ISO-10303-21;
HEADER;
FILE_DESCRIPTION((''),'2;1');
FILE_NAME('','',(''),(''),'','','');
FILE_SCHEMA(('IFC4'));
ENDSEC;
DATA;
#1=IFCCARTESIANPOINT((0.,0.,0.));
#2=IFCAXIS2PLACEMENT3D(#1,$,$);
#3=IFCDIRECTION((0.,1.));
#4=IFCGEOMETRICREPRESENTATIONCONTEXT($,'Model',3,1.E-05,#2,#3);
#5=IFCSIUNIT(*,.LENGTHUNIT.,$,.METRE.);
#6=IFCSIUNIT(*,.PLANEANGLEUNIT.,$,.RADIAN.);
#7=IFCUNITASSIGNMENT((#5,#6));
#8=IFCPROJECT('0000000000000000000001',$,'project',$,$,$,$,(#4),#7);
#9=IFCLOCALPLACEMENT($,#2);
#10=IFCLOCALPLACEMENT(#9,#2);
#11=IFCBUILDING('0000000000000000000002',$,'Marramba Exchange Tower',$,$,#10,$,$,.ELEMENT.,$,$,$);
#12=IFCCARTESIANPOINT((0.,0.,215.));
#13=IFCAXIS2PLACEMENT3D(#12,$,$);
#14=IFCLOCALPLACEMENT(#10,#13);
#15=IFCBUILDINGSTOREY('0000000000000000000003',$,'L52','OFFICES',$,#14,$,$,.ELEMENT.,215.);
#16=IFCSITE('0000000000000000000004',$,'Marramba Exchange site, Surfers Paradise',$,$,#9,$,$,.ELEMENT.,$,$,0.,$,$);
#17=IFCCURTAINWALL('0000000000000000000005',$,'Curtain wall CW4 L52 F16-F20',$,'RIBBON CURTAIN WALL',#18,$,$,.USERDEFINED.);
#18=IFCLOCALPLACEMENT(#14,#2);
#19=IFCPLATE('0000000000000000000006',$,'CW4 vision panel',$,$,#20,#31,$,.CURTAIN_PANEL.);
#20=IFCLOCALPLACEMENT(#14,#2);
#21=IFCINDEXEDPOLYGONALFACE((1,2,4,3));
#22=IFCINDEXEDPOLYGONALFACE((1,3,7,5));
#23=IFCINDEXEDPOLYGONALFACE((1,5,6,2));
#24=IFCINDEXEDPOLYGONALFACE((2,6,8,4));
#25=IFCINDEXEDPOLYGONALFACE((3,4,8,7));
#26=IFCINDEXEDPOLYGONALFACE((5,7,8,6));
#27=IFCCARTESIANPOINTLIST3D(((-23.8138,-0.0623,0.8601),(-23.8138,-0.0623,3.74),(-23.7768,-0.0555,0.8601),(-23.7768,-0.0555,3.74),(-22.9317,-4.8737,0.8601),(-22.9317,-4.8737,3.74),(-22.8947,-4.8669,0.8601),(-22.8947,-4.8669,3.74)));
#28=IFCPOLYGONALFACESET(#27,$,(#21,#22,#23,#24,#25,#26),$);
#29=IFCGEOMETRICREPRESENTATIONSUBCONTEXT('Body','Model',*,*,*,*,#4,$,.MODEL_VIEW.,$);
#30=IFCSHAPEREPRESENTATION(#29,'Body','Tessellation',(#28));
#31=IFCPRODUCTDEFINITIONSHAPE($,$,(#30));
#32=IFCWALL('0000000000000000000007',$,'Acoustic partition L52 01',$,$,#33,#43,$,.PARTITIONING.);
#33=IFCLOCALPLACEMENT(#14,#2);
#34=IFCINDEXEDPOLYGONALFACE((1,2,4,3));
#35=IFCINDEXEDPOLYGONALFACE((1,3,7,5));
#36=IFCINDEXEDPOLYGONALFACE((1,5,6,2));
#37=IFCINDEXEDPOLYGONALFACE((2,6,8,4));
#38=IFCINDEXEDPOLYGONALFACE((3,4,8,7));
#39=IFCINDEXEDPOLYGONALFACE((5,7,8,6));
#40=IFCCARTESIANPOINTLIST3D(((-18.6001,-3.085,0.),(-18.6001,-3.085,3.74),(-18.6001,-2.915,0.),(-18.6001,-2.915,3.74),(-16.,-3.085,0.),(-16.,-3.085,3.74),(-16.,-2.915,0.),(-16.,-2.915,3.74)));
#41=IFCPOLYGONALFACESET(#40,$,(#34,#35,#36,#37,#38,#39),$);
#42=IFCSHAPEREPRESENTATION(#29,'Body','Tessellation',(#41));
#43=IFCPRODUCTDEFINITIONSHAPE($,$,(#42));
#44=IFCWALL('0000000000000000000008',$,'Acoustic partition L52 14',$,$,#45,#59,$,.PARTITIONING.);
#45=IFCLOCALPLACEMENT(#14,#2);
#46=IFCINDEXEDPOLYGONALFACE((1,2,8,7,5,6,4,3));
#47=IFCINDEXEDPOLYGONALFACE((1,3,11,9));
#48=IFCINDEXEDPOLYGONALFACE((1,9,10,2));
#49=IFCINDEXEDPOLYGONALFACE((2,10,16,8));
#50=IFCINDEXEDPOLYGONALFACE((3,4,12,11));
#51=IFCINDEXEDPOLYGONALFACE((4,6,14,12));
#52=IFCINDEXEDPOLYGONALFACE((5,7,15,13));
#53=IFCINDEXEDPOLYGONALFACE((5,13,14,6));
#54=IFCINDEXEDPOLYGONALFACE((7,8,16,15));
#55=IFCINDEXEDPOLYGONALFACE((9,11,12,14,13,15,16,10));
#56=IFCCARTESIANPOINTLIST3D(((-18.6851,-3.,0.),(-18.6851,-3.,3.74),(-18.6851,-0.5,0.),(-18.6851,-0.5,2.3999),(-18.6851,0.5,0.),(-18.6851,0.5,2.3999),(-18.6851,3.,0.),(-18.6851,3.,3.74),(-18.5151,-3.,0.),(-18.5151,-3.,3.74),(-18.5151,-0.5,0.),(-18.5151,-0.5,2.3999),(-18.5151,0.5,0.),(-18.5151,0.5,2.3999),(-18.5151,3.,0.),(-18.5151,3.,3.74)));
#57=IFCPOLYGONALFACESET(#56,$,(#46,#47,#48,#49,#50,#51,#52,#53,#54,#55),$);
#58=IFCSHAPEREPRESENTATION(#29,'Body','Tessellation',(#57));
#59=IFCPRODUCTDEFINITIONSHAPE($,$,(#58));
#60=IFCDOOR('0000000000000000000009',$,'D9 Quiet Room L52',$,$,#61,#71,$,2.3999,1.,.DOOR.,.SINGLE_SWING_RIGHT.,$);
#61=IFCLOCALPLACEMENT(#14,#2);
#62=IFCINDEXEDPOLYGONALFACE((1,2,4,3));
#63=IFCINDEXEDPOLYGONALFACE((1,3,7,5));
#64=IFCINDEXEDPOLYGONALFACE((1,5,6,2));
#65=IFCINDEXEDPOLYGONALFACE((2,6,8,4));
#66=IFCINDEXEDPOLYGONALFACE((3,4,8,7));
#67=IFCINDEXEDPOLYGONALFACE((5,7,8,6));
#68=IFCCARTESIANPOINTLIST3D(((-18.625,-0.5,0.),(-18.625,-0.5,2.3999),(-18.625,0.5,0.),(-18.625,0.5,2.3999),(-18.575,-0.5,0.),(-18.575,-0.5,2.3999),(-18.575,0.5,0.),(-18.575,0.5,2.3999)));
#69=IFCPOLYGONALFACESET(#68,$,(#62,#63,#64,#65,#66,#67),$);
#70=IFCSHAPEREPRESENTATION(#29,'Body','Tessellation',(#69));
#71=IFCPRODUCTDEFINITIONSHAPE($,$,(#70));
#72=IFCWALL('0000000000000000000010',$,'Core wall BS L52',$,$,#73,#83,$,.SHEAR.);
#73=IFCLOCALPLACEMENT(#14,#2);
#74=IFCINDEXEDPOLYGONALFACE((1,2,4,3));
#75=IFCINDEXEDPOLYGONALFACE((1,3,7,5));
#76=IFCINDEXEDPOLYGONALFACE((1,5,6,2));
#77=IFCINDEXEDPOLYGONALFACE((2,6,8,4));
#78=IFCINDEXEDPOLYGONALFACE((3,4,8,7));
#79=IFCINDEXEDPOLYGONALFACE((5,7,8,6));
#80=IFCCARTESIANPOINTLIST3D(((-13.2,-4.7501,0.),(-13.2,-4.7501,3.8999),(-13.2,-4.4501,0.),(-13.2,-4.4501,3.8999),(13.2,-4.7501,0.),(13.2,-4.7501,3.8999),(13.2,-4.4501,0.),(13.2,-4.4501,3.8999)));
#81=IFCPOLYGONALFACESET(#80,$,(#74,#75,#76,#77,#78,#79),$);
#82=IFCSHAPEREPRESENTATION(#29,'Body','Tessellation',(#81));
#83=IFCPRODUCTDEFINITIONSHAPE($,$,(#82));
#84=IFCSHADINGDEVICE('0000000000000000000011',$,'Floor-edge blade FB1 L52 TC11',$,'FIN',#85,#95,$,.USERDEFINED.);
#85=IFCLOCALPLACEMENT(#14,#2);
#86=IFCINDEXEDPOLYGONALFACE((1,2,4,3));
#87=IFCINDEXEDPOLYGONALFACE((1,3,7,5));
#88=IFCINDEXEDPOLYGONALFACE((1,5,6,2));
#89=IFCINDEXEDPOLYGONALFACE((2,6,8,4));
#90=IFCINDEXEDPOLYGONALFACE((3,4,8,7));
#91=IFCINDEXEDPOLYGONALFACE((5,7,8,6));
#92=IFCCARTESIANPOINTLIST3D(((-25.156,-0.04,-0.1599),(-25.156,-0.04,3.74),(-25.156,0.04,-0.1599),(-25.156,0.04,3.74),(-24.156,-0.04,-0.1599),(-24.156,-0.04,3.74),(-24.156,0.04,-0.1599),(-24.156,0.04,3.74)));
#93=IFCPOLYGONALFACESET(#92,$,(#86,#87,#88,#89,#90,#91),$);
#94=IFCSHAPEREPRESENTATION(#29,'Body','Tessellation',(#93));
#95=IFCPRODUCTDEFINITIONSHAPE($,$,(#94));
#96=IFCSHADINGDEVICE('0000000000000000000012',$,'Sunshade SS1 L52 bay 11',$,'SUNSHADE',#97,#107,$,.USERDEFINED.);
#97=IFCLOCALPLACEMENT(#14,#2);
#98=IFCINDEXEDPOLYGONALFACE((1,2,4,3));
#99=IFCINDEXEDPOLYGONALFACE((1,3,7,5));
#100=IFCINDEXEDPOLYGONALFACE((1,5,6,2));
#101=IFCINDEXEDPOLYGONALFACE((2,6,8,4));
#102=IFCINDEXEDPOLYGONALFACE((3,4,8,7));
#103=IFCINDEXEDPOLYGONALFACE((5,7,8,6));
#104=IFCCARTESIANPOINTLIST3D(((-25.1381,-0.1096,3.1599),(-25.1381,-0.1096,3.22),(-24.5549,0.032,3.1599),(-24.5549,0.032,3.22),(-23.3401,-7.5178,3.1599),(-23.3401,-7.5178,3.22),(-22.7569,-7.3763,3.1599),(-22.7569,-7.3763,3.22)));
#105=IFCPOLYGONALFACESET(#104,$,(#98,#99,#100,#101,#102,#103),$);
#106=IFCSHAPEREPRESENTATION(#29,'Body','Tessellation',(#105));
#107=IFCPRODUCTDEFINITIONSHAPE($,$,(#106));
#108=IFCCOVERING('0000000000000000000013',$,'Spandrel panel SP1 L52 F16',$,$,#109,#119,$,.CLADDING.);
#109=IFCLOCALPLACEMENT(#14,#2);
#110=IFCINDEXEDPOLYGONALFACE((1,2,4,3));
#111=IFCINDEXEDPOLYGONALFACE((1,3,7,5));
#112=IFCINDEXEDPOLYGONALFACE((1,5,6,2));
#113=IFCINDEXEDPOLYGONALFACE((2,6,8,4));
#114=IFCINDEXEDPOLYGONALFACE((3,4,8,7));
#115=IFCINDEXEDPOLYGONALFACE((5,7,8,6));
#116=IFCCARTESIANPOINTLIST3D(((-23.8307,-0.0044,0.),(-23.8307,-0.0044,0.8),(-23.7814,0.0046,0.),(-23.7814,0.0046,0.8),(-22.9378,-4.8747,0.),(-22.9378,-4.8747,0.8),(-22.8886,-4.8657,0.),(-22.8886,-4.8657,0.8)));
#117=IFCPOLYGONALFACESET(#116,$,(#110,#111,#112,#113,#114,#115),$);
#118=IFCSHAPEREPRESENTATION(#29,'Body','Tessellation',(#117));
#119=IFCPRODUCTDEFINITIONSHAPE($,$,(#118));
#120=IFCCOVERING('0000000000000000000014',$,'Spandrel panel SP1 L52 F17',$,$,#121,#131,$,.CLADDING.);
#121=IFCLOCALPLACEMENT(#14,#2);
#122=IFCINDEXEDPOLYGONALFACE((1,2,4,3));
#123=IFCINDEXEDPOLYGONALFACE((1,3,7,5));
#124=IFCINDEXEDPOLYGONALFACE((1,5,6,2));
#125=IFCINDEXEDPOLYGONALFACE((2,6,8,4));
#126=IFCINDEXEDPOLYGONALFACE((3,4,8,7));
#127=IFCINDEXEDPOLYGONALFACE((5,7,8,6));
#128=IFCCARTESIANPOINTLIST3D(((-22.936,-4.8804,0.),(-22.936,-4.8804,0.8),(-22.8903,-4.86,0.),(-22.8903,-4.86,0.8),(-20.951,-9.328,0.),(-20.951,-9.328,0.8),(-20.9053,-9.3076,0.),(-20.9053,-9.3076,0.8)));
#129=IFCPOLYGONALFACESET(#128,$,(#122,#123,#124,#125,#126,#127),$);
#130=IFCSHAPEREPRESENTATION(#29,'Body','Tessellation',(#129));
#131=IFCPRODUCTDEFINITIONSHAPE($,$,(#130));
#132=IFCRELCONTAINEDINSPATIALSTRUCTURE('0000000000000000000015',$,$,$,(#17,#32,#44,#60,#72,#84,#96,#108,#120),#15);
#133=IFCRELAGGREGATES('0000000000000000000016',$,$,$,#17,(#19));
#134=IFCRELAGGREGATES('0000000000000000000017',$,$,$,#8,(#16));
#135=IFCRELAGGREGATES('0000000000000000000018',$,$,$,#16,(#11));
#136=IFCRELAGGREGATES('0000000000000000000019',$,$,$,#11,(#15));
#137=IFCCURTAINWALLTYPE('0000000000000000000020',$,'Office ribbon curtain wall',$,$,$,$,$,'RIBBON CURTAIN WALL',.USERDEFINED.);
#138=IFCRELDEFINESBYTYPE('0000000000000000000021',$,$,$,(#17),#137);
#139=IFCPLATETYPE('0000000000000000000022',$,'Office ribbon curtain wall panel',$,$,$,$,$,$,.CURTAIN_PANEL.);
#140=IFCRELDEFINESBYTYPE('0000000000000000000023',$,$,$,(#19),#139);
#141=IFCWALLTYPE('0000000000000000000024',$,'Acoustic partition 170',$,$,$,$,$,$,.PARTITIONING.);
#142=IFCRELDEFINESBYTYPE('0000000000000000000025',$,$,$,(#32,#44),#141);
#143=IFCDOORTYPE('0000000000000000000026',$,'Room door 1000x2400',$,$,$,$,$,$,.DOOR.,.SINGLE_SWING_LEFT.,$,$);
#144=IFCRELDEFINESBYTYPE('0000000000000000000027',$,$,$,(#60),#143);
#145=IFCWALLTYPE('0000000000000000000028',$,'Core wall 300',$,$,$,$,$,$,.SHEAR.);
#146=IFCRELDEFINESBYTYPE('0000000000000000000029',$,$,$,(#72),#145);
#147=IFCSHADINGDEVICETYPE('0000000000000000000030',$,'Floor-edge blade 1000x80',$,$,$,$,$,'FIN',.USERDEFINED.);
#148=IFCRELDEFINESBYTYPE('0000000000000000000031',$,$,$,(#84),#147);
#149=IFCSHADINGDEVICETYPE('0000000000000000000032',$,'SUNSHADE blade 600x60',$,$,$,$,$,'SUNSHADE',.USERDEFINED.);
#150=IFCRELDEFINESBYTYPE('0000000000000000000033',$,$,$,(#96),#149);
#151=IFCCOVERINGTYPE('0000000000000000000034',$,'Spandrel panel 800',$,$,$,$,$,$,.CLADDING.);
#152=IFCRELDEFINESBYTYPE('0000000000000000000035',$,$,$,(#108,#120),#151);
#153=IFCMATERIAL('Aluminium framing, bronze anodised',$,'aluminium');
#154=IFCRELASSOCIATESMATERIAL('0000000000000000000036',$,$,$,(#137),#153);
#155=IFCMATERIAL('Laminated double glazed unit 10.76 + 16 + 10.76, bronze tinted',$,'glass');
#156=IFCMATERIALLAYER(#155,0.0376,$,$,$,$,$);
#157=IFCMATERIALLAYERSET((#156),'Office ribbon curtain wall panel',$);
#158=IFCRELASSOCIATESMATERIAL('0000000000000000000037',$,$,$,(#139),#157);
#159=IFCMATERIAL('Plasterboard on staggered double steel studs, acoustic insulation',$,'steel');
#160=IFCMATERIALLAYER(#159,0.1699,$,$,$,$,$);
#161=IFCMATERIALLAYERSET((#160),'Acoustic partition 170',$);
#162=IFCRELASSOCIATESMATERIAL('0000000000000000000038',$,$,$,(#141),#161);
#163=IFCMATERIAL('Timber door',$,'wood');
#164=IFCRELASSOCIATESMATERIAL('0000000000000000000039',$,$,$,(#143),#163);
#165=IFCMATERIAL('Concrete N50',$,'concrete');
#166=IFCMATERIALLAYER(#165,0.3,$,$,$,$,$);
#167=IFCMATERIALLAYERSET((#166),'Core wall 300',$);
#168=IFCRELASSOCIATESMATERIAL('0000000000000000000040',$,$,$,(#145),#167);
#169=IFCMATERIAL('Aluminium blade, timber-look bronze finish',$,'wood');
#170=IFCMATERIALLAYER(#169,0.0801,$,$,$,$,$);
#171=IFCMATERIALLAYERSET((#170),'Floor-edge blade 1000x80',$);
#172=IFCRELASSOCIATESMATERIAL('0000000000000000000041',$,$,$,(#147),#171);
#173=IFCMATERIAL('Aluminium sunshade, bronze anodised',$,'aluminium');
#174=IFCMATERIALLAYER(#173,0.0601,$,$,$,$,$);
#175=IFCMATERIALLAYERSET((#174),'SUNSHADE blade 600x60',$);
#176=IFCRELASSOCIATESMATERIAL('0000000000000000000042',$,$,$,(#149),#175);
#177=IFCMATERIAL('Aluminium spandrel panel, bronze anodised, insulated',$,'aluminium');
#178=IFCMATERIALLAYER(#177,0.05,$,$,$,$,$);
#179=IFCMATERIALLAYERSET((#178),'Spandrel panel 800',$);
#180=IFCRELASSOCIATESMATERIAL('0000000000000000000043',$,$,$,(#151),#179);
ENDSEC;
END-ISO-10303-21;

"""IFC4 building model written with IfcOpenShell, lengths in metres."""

from ifc_helpers import new_model, si_unit, direction, frame, frame_2d, origin, origin_2d, place, context, subcontext, project, spatial, rectangle, extrude, material, layer, layer_set, type_object, element, fill, aggregate, save


model = new_model("IFC4")

# Units and contexts
model_context = context("Model", 3, precision=1e-05, world=origin(), true_north=direction((0.0, 1.0)))
body_context = subcontext(model_context, "Body", "Model", "MODEL_VIEW")
ifc_project = project(units=[si_unit("LENGTHUNIT", "METRE"), si_unit("PLANEANGLEUNIT", "RADIAN")], contexts=[model_context])

# Site, building, storey
site_placement = place(None, origin())
site = spatial("IfcSite", under=ifc_project, at=site_placement, Name="Marramba Exchange site, Surfers Paradise", CompositionType="ELEMENT", RefElevation=0.0)
building_placement = place(site_placement, origin())
building = spatial("IfcBuilding", under=site, at=building_placement, Name="Marramba Exchange Tower", CompositionType="ELEMENT")
storey_placement = place(building_placement, frame((0.0, 0.0, 215.0)))
storey = spatial("IfcBuildingStorey", under=building, at=storey_placement, Name="L52", Description="OFFICES", CompositionType="ELEMENT", Elevation=215.0)

# Shared definitions
ifc_material_1 = material(Name="Concrete N50", Category="concrete")

# Curtain wall
ifc_material_2 = material(Name="Aluminium framing, bronze anodised", Category="aluminium")
curtain_wall_type = type_object("IfcCurtainWallType", Name="Office ribbon curtain wall", ElementType="RIBBON CURTAIN WALL", PredefinedType="USERDEFINED", material=ifc_material_2)
curtain_wall_placement = place(storey_placement, origin())
curtain_wall = element("IfcCurtainWall", 1, at=curtain_wall_placement, inside=storey, type_object=curtain_wall_type, Name="Curtain wall CW4 L52 F16-F20", ObjectType="RIBBON CURTAIN WALL", PredefinedType="USERDEFINED")

# Plate
ifc_material_3 = material(Name="Laminated double glazed unit 10.76 + 16 + 10.76, bronze tinted", Category="glass")
ifc_layer_1 = layer(ifc_material_3, 0.0376)
ifc_layer_set_1 = layer_set([ifc_layer_1], Name="Office ribbon curtain wall panel")
plate_type = type_object("IfcPlateType", Name="Office ribbon curtain wall panel", PredefinedType="CURTAIN_PANEL", material=ifc_layer_set_1)
plate_placement = place(storey_placement, frame((-23.3542, -2.4646, 0.8601), z_axis=(0.0, 0.0, 1.0), x_axis=(0.180327, -0.983607, 0.0)))
plate = element("IfcPlate", 2, at=plate_placement, type_object=plate_type, Name="CW4 vision panel", PredefinedType="CURTAIN_PANEL", context=body_context, shape_type="SweptSolid", body=[
    extrude(rectangle(XDim=4.8916, YDim=0.0376, at=origin_2d()), origin(), (0.0, 0.0, 1.0), 2.8799),
])
aggregate(curtain_wall, [plate])

# Wall
ifc_material_4 = material(Name="Plasterboard on staggered double steel studs, acoustic insulation", Category="steel")
ifc_layer_2 = layer(ifc_material_4, 0.1699)
ifc_layer_set_2 = layer_set([ifc_layer_2], Name="Acoustic partition 170")
wall_type_1 = type_object("IfcWallType", Name="Acoustic partition 170", PredefinedType="PARTITIONING", material=ifc_layer_set_2)
wall_1_placement = place(storey_placement, frame((-16.0, -3.0, 0.0), z_axis=(0.0, 0.0, 1.0), x_axis=(-1.0, 0.0, 0.0)))
element("IfcWall", 3, at=wall_1_placement, inside=storey, type_object=wall_type_1, Name="Acoustic partition L52 01", PredefinedType="PARTITIONING", context=body_context, shape_type="SweptSolid", body=[
    extrude(rectangle(XDim=2.6001, YDim=0.1699, at=frame_2d((1.3, 0.0))), origin(), (0.0, 0.0, 1.0), 3.74),
])

# Wall, opening, door
wall_2_placement = place(storey_placement, frame((-18.6001, -3.0, 0.0), z_axis=(0.0, 0.0, 1.0), x_axis=(0.0, 1.0, 0.0)))
wall_2 = element("IfcWall", 4, at=wall_2_placement, inside=storey, type_object=wall_type_1, Name="Acoustic partition L52 14", PredefinedType="PARTITIONING", context=body_context, shape_type="SweptSolid", body=[
    extrude(rectangle(XDim=6.0, YDim=0.1699, at=frame_2d((3.0, 0.0))), origin(), (0.0, 0.0, 1.0), 3.74),
])
opening_placement = place(wall_2_placement, frame((2.5, 0.0, 0.0)))
opening = element("IfcOpeningElement", 5, at=opening_placement, cuts=wall_2, PredefinedType="OPENING", context=body_context, shape_type="SweptSolid", body=[
    extrude(rectangle(XDim=1.0, YDim=2.3999, at=frame_2d((0.5, 1.2))), frame((0.0, 0.095, 0.0), z_axis=(0.0, -1.0, 0.0), x_axis=(1.0, 0.0, 0.0)), (0.0, 0.0, 1.0), 0.1899),
])
ifc_material_5 = material(Name="Timber door", Category="wood")
door_type = type_object("IfcDoorType", Name="Room door 1000x2400", OperationType="SINGLE_SWING_LEFT", PredefinedType="DOOR", material=ifc_material_5)
door_placement = place(opening_placement, frame((1.0, 0.0, 0.0), z_axis=(0.0, 0.0, 1.0), x_axis=(-1.0, 0.0, 0.0)))
door = element("IfcDoor", 6, at=door_placement, inside=storey, type_object=door_type, Name="D9 Quiet Room L52", OperationType="SINGLE_SWING_RIGHT", OverallHeight=2.3999, OverallWidth=1.0, PredefinedType="DOOR", context=body_context, shape_type="SweptSolid", body=[
    extrude(rectangle(XDim=1.0, YDim=2.3999, at=frame_2d((0.5, 1.2))), frame((0.0, 0.0251, 0.0), z_axis=(0.0, -1.0, 0.0), x_axis=(1.0, 0.0, 0.0)), (0.0, 0.0, 1.0), 0.05),
])
fill(opening, door)

# Wall
ifc_layer_3 = layer(ifc_material_1, 0.3)
ifc_layer_set_3 = layer_set([ifc_layer_3], Name="Core wall 300")
wall_type_2 = type_object("IfcWallType", Name="Core wall 300", PredefinedType="SHEAR", material=ifc_layer_set_3)
wall_3_placement = place(storey_placement, frame((-13.2, -4.6001, 0.0), z_axis=(0.0, 0.0, 1.0), x_axis=(1.0, 0.0, 0.0)))
element("IfcWall", 7, at=wall_3_placement, inside=storey, type_object=wall_type_2, Name="Core wall BS L52", PredefinedType="SHEAR", context=body_context, shape_type="SweptSolid", body=[
    extrude(rectangle(XDim=26.3999, YDim=0.3, at=frame_2d((13.2, 0.0))), origin(), (0.0, 0.0, 1.0), 3.8999),
])

# Shading devices
ifc_material_6 = material(Name="Aluminium blade, timber-look bronze finish", Category="wood")
ifc_layer_4 = layer(ifc_material_6, 0.0801)
ifc_layer_set_4 = layer_set([ifc_layer_4], Name="Floor-edge blade 1000x80")
shading_device_type_1 = type_object("IfcShadingDeviceType", Name="Floor-edge blade 1000x80", ElementType="FIN", PredefinedType="USERDEFINED", material=ifc_layer_set_4)
shading_device_1_placement = place(storey_placement, frame((-24.656, 0.0, -0.1599), z_axis=(0.0, 0.0, 1.0), x_axis=(-1.0, 0.0, 0.0)))
element("IfcShadingDevice", 8, at=shading_device_1_placement, inside=storey, type_object=shading_device_type_1, Name="Floor-edge blade FB1 L52 TC11", ObjectType="FIN", PredefinedType="USERDEFINED", context=body_context, shape_type="SweptSolid", body=[
    extrude(rectangle(XDim=1.0, YDim=0.0801, at=origin_2d()), origin(), (0.0, 0.0, 1.0), 3.8999),
])
ifc_material_7 = material(Name="Aluminium sunshade, bronze anodised", Category="aluminium")
ifc_layer_5 = layer(ifc_material_7, 0.0601)
ifc_layer_set_5 = layer_set([ifc_layer_5], Name="SUNSHADE blade 600x60")
shading_device_type_2 = type_object("IfcShadingDeviceType", Name="SUNSHADE blade 600x60", ElementType="SUNSHADE", PredefinedType="USERDEFINED", material=ifc_layer_set_5)
shading_device_2_placement = place(storey_placement, frame((-23.9475, -3.7429, 3.1599), z_axis=(0.0, 0.0, 1.0), x_axis=(0.235861, -0.971787, 0.0)))
element("IfcShadingDevice", 9, at=shading_device_2_placement, inside=storey, type_object=shading_device_type_2, Name="Sunshade SS1 L52 bay 11", ObjectType="SUNSHADE", PredefinedType="USERDEFINED", context=body_context, shape_type="SweptSolid", body=[
    extrude(rectangle(XDim=7.6233, YDim=0.6001, at=origin_2d()), origin(), (0.0, 0.0, 1.0), 0.0601),
])

# Coverings
ifc_material_8 = material(Name="Aluminium spandrel panel, bronze anodised, insulated", Category="aluminium")
ifc_layer_6 = layer(ifc_material_8, 0.05)
ifc_layer_set_6 = layer_set([ifc_layer_6], Name="Spandrel panel 800")
covering_type = type_object("IfcCoveringType", Name="Spandrel panel 800", PredefinedType="CLADDING", material=ifc_layer_set_6)
covering_1_placement = place(storey_placement, frame((-23.3596, -2.4351, 0.0), z_axis=(0.0, 0.0, 1.0), x_axis=(0.180327, -0.983607, 0.0)))
element("IfcCovering", 10, at=covering_1_placement, inside=storey, type_object=covering_type, Name="Spandrel panel SP1 L52 F16", PredefinedType="CLADDING", context=body_context, shape_type="SweptSolid", body=[
    extrude(rectangle(XDim=4.9514, YDim=0.05, at=origin_2d()), origin(), (0.0, 0.0, 1.0), 0.8),
])
covering_2_placement = place(storey_placement, frame((-21.9207, -7.094, 0.0), z_axis=(0.0, 0.0, 1.0), x_axis=(0.407558, -0.91318, 0.0)))
element("IfcCovering", 11, at=covering_2_placement, inside=storey, type_object=covering_type, Name="Spandrel panel SP1 L52 F17", PredefinedType="CLADDING", context=body_context, shape_type="SweptSolid", body=[
    extrude(rectangle(XDim=4.8704, YDim=0.05, at=origin_2d()), origin(), (0.0, 0.0, 1.0), 0.8),
])

save(model, "model.ifc")
